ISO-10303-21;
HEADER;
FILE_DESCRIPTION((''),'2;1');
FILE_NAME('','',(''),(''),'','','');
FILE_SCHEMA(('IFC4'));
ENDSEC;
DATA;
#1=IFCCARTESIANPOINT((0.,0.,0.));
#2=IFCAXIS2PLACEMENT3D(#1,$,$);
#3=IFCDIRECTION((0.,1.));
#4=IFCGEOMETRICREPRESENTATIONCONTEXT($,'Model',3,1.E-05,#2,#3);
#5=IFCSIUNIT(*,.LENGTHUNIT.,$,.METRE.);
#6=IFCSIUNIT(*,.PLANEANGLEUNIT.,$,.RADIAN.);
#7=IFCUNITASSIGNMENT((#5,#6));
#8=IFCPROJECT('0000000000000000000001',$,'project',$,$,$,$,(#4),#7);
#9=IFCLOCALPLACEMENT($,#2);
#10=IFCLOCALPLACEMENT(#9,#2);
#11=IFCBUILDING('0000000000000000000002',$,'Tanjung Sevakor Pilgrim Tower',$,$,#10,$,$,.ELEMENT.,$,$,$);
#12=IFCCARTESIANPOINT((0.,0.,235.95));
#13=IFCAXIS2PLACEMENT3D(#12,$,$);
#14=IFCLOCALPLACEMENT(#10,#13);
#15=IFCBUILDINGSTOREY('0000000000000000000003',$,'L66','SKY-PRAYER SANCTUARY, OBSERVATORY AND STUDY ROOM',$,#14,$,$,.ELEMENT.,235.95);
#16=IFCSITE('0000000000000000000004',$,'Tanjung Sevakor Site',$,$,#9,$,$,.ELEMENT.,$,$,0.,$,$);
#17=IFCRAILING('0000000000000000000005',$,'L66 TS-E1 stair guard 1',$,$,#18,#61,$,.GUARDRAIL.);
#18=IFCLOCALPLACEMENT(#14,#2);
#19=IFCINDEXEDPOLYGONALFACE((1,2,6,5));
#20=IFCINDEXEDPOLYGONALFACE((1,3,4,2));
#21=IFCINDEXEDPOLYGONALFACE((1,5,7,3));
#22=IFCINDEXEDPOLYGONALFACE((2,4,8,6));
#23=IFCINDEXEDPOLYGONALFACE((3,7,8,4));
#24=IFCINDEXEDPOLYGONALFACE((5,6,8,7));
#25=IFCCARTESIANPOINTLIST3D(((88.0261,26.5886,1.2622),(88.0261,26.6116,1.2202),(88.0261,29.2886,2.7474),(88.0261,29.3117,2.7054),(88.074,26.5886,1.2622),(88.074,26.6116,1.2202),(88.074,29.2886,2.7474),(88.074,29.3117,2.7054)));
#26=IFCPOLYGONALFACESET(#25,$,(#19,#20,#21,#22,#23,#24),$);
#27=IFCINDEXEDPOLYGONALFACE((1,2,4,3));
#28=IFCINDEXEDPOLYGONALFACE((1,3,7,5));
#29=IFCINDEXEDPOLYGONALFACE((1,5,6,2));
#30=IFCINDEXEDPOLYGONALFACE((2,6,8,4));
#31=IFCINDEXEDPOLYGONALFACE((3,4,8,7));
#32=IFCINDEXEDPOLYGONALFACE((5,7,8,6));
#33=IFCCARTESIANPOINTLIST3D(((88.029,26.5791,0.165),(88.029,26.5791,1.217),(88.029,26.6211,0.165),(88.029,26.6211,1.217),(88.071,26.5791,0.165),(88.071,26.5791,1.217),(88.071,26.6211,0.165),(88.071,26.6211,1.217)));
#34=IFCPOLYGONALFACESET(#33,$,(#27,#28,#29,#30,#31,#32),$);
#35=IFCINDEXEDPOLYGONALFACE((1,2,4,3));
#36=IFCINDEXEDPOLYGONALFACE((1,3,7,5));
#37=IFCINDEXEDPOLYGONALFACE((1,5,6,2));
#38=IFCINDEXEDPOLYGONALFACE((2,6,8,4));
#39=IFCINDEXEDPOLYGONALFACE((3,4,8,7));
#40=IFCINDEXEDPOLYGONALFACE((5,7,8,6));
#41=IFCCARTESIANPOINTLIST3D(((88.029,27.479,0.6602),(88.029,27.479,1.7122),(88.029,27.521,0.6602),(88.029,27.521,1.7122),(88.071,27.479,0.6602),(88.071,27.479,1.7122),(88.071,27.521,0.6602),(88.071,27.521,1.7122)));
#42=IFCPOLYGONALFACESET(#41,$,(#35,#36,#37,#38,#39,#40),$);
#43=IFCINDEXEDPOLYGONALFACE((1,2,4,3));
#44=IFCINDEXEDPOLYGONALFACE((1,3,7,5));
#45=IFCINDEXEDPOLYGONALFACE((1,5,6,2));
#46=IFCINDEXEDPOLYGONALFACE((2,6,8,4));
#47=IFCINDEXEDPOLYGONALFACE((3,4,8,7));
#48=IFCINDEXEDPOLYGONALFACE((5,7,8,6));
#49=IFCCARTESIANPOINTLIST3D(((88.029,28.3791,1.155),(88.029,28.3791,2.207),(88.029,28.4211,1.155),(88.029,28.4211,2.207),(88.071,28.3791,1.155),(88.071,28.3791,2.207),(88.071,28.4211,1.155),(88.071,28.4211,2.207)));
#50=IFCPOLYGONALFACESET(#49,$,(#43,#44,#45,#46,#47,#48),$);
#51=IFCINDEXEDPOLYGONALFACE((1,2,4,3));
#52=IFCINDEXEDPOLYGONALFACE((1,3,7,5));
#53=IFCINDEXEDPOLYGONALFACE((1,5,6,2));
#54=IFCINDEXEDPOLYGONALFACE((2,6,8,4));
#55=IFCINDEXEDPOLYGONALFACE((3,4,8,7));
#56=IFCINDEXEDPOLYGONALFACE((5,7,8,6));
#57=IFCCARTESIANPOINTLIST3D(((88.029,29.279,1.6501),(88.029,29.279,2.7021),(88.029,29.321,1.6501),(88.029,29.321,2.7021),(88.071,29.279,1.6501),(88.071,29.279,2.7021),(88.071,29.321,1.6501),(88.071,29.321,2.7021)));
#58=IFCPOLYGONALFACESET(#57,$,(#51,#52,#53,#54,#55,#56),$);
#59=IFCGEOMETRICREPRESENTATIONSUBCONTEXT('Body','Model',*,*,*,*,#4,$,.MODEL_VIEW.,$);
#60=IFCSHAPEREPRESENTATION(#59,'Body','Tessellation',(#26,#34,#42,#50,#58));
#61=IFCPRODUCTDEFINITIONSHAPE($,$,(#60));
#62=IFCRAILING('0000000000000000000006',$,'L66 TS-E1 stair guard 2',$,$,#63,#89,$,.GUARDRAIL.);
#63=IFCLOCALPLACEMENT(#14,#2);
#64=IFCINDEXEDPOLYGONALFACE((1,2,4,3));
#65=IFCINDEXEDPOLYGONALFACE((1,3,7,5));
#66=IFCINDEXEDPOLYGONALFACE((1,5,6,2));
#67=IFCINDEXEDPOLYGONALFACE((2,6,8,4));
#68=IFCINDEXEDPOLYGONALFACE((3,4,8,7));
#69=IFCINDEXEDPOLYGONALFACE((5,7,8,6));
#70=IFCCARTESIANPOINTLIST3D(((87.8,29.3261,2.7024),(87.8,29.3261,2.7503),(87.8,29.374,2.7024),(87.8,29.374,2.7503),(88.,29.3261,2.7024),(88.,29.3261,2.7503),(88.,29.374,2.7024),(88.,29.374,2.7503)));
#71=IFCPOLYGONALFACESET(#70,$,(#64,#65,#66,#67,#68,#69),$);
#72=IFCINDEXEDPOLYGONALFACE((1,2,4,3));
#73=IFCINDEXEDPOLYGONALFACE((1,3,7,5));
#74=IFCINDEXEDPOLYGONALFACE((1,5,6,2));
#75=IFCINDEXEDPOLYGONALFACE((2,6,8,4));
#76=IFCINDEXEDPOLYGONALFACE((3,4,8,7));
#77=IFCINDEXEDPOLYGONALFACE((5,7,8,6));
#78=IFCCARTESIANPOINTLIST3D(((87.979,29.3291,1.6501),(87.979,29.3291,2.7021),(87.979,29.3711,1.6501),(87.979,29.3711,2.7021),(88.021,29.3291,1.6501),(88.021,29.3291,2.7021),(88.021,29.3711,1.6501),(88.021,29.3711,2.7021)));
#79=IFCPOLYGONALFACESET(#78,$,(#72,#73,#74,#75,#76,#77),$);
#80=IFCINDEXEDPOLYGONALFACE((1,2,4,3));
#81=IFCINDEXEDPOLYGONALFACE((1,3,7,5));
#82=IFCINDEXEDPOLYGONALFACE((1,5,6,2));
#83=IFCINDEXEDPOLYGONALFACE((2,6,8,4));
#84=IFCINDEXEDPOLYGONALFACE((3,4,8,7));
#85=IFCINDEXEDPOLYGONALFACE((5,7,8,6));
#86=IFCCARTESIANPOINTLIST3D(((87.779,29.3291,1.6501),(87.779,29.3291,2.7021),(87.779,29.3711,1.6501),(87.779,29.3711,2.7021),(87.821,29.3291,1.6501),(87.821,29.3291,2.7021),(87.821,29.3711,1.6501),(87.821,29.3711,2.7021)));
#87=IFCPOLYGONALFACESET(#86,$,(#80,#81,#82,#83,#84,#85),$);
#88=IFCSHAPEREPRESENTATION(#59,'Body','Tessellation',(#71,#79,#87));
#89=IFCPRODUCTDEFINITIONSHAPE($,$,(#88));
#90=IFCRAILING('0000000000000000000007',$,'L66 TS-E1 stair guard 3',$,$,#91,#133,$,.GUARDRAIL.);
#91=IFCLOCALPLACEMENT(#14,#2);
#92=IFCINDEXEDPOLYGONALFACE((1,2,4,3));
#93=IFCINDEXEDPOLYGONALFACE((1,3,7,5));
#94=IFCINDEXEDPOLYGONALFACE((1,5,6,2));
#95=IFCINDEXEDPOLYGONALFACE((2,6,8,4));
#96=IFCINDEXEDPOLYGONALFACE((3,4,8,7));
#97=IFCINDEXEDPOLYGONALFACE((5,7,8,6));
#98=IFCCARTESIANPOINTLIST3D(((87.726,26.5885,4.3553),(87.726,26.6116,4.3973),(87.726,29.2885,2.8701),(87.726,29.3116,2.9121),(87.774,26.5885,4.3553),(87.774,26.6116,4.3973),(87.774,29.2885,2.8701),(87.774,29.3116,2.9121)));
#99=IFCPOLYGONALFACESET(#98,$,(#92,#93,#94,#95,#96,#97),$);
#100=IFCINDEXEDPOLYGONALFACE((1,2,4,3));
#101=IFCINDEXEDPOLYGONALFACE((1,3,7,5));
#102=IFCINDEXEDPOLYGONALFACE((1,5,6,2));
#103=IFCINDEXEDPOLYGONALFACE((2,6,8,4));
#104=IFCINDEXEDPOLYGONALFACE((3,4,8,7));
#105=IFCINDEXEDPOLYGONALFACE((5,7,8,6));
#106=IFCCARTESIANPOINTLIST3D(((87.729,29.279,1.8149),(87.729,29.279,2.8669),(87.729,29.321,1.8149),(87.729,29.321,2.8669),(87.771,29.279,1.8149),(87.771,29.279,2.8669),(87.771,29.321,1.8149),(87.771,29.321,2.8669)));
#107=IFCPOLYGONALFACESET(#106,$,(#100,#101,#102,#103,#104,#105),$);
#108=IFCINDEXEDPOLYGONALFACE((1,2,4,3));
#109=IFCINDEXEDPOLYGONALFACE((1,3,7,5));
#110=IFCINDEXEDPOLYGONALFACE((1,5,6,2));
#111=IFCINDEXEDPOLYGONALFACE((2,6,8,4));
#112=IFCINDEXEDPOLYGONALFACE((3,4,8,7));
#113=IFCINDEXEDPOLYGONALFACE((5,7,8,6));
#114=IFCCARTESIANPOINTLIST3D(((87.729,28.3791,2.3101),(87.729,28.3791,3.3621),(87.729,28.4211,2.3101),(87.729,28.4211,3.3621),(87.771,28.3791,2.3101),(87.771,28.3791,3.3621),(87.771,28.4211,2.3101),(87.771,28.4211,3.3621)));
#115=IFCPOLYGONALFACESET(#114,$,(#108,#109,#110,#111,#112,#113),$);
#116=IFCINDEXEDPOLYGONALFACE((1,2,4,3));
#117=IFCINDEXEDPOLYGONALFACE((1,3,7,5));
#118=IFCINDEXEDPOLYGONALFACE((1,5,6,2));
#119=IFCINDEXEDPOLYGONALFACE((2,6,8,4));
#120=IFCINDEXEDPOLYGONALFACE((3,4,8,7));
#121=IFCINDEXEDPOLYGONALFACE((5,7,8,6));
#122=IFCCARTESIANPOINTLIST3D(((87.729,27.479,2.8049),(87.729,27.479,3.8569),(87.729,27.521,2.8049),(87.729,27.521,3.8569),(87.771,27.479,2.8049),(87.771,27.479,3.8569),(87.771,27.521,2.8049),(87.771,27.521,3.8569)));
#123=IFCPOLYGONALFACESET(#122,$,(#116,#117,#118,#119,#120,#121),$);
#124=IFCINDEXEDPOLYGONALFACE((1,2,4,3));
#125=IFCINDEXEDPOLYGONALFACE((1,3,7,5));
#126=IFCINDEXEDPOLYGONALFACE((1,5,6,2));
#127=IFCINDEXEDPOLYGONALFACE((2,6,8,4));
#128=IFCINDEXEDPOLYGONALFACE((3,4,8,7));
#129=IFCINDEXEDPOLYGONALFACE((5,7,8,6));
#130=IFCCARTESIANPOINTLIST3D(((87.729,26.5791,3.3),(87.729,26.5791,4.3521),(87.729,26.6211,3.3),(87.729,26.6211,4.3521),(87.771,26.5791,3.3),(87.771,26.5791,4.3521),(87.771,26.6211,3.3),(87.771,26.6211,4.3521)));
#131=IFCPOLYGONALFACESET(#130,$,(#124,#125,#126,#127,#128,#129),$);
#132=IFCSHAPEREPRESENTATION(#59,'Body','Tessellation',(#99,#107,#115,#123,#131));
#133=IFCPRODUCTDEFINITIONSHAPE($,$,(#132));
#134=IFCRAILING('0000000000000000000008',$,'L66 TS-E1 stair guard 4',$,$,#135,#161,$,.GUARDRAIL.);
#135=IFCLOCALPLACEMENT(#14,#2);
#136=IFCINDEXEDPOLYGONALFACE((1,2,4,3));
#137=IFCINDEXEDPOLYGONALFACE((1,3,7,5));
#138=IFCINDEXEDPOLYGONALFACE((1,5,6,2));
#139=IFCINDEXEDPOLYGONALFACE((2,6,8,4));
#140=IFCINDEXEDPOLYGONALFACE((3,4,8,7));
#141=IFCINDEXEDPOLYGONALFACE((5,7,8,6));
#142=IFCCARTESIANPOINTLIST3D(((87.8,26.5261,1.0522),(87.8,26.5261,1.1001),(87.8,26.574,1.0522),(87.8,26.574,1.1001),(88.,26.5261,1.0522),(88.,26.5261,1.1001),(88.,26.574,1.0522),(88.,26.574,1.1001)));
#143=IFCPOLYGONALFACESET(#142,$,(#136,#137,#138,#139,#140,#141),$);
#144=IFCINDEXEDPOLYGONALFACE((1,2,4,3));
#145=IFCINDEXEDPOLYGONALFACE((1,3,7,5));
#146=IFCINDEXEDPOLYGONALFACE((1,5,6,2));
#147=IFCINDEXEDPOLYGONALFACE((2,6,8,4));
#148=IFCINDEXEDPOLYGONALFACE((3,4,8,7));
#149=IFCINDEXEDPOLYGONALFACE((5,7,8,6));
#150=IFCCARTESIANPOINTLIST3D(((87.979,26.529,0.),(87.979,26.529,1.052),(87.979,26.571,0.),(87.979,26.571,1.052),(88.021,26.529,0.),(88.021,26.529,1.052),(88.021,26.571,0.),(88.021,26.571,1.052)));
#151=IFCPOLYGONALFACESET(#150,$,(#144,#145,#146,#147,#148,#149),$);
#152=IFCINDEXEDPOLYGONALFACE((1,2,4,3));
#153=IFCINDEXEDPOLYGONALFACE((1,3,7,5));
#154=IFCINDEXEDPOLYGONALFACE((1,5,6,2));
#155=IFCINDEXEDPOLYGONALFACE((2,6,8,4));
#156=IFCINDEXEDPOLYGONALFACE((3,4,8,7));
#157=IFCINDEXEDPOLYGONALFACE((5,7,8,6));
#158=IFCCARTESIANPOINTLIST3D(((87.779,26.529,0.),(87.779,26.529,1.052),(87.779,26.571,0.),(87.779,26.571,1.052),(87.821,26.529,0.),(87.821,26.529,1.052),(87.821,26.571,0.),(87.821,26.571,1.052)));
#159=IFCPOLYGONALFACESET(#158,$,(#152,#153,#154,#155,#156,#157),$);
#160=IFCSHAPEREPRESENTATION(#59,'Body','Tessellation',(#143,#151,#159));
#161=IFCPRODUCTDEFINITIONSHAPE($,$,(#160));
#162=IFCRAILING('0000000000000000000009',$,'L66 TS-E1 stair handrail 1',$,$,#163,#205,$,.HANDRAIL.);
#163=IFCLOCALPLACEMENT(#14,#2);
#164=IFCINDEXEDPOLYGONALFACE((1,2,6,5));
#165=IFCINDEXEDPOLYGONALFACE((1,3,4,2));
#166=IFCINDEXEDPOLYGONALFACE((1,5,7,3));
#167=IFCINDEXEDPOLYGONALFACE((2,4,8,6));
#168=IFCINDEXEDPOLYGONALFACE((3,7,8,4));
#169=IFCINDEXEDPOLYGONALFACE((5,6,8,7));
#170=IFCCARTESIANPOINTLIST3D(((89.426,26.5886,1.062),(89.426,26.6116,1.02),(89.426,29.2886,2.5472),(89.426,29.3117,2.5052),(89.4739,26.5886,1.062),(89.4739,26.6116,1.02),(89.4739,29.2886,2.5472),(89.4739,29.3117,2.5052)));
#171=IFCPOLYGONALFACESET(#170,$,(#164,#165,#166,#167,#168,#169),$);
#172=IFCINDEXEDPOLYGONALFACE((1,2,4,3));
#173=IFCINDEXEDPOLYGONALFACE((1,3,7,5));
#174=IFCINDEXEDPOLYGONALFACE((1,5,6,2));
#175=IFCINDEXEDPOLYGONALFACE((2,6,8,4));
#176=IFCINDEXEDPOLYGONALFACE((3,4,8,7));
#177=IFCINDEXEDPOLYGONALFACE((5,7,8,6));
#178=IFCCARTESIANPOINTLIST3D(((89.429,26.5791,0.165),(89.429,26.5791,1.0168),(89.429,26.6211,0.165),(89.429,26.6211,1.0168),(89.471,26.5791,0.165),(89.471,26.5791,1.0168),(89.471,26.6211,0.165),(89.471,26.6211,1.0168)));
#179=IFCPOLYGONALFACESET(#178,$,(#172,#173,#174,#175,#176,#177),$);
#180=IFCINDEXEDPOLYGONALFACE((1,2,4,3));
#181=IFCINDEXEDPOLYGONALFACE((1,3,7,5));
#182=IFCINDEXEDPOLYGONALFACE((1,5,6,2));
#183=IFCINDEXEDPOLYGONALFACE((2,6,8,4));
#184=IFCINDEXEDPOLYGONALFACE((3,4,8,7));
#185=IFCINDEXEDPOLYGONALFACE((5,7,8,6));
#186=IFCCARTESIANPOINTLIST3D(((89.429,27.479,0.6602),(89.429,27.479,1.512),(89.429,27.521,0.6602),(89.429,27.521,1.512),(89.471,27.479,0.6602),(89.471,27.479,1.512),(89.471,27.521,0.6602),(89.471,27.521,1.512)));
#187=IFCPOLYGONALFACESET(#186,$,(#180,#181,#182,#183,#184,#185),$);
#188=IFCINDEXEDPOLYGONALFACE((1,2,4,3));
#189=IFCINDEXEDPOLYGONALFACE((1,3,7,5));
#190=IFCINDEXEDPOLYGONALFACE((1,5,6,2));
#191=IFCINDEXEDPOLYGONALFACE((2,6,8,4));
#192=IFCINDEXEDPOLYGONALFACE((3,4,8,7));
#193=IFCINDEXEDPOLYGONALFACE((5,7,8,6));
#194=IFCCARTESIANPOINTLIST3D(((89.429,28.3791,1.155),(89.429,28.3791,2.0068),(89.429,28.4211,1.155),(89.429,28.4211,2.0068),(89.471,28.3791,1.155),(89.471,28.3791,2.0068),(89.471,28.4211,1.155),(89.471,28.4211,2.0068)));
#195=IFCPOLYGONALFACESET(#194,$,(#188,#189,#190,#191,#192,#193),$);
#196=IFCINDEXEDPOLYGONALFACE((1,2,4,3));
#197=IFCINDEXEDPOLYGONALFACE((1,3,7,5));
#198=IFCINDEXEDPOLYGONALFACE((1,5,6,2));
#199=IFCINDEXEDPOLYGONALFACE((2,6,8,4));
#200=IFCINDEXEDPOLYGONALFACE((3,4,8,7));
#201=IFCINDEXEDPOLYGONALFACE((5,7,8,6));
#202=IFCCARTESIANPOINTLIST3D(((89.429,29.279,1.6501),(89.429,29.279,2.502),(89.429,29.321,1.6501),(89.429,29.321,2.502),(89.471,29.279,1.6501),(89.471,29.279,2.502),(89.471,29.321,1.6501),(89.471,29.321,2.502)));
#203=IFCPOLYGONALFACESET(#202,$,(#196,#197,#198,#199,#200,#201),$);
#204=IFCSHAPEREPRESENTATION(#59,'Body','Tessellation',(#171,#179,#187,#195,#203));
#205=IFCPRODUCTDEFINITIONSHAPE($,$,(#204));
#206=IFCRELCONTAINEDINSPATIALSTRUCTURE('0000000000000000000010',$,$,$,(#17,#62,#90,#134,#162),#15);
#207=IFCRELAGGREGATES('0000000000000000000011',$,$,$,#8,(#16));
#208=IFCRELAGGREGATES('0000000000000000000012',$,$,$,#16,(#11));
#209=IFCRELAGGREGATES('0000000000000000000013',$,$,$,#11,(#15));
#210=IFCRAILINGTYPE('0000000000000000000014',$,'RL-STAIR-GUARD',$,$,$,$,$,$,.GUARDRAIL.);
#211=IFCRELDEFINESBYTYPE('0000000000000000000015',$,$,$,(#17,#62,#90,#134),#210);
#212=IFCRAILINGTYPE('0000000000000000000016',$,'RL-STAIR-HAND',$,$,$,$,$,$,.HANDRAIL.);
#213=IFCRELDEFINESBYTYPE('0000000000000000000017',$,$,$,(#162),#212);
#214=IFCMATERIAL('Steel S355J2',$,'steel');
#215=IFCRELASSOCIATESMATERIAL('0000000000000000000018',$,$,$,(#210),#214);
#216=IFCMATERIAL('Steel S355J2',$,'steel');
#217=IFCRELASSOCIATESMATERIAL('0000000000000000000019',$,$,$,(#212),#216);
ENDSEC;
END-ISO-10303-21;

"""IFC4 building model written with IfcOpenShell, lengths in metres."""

from ifc_helpers import new_model, si_unit, direction, frame, origin, place, context, subcontext, project, spatial, rectangle, extrude, material, type_object, element, save


model = new_model("IFC4")

# Units and contexts
model_context = context("Model", 3, precision=1e-05, world=origin(), true_north=direction((0.0, 1.0)))
body_context = subcontext(model_context, "Body", "Model", "MODEL_VIEW")
ifc_project = project(units=[si_unit("LENGTHUNIT", "METRE"), si_unit("PLANEANGLEUNIT", "RADIAN")], contexts=[model_context])

# Site, building, storey
site_placement = place(None, origin())
site = spatial("IfcSite", under=ifc_project, at=site_placement, Name="Tanjung Sevakor Site", CompositionType="ELEMENT", RefElevation=0.0)
building_placement = place(site_placement, origin())
building = spatial("IfcBuilding", under=site, at=building_placement, Name="Tanjung Sevakor Pilgrim Tower", CompositionType="ELEMENT")
storey_placement = place(building_placement, frame((0.0, 0.0, 235.95)))
storey = spatial("IfcBuildingStorey", under=building, at=storey_placement, Name="L66", Description="SKY-PRAYER SANCTUARY, OBSERVATORY AND STUDY ROOM", CompositionType="ELEMENT", Elevation=235.95)

# Railings
ifc_material_1 = material(Name="Steel S355J2", Category="steel")
railing_type_1 = type_object("IfcRailingType", Name="RL-STAIR-GUARD", PredefinedType="GUARDRAIL", material=ifc_material_1)
railing_1_placement = place(storey_placement, frame((88.05, 26.6001, 0.165)))
element("IfcRailing", 1, at=railing_1_placement, inside=storey, type_object=railing_type_1, Name="L66 TS-E1 stair guard 1", PredefinedType="GUARDRAIL", context=body_context, shape_type="SweptSolid", body=[
    extrude(rectangle(XDim=0.0479, YDim=0.0479), frame((0.0, 0.0, 1.0762), z_axis=(0.0, 0.876198, 0.481952), x_axis=(-1.0, 0.0, 0.0)), (0.0, 0.0, 1.0), 3.0815),
    extrude(rectangle(XDim=0.042, YDim=0.042), origin(), (0.0, 0.0, 1.0), 1.052),
    extrude(rectangle(XDim=0.042, YDim=0.042), frame((0.0, 0.8999, 0.4951)), (0.0, 0.0, 1.0), 1.052),
    extrude(rectangle(XDim=0.042, YDim=0.042), frame((0.0, 1.8, 0.99)), (0.0, 0.0, 1.0), 1.052),
    extrude(rectangle(XDim=0.042, YDim=0.042), frame((0.0, 2.7, 1.4851)), (0.0, 0.0, 1.0), 1.052),
])
railing_2_placement = place(storey_placement, frame((88.0, 29.3501, 1.6501)))
element("IfcRailing", 2, at=railing_2_placement, inside=storey, type_object=railing_type_1, Name="L66 TS-E1 stair guard 2", PredefinedType="GUARDRAIL", context=body_context, shape_type="SweptSolid", body=[
    extrude(rectangle(XDim=0.0479, YDim=0.0479), frame((0.0, 0.0, 1.0762), z_axis=(-1.0, 0.0, 0.0), x_axis=(0.0, -1.0, 0.0)), (0.0, 0.0, 1.0), 0.2),
    extrude(rectangle(XDim=0.042, YDim=0.042), origin(), (0.0, 0.0, 1.0), 1.052),
    extrude(rectangle(XDim=0.042, YDim=0.042), frame((-0.2, 0.0, 0.0)), (0.0, 0.0, 1.0), 1.052),
])
railing_3_placement = place(storey_placement, frame((87.75, 29.3, 1.8149)))
element("IfcRailing", 3, at=railing_3_placement, inside=storey, type_object=railing_type_1, Name="L66 TS-E1 stair guard 3", PredefinedType="GUARDRAIL", context=body_context, shape_type="SweptSolid", body=[
    extrude(rectangle(XDim=0.0479, YDim=0.0479), frame((0.0, 0.0, 1.0762), z_axis=(0.0, -0.876198, 0.481952), x_axis=(1.0, 0.0, 0.0)), (0.0, 0.0, 1.0), 3.0815),
    extrude(rectangle(XDim=0.042, YDim=0.042), origin(), (0.0, 0.0, 1.0), 1.052),
    extrude(rectangle(XDim=0.042, YDim=0.042), frame((0.0, -0.8999, 0.4951)), (0.0, 0.0, 1.0), 1.052),
    extrude(rectangle(XDim=0.042, YDim=0.042), frame((0.0, -1.8, 0.99)), (0.0, 0.0, 1.0), 1.052),
    extrude(rectangle(XDim=0.042, YDim=0.042), frame((0.0, -2.7, 1.4851)), (0.0, 0.0, 1.0), 1.052),
])
railing_4_placement = place(storey_placement, frame((88.0, 26.55, 0.0)))
element("IfcRailing", 4, at=railing_4_placement, inside=storey, type_object=railing_type_1, Name="L66 TS-E1 stair guard 4", PredefinedType="GUARDRAIL", context=body_context, shape_type="SweptSolid", body=[
    extrude(rectangle(XDim=0.0479, YDim=0.0479), frame((0.0, 0.0, 1.0762), z_axis=(-1.0, 0.0, 0.0), x_axis=(0.0, -1.0, 0.0)), (0.0, 0.0, 1.0), 0.2),
    extrude(rectangle(XDim=0.042, YDim=0.042), origin(), (0.0, 0.0, 1.0), 1.052),
    extrude(rectangle(XDim=0.042, YDim=0.042), frame((-0.2, 0.0, 0.0)), (0.0, 0.0, 1.0), 1.052),
])
ifc_material_2 = material(Name="Steel S355J2", Category="steel")
railing_type_2 = type_object("IfcRailingType", Name="RL-STAIR-HAND", PredefinedType="HANDRAIL", material=ifc_material_2)
railing_5_placement = place(storey_placement, frame((89.45, 26.6001, 0.165)))
element("IfcRailing", 5, at=railing_5_placement, inside=storey, type_object=railing_type_2, Name="L66 TS-E1 stair handrail 1", PredefinedType="HANDRAIL", context=body_context, shape_type="SweptSolid", body=[
    extrude(rectangle(XDim=0.0479, YDim=0.0479), frame((0.0, 0.0, 0.876), z_axis=(0.0, 0.876198, 0.481952), x_axis=(-1.0, 0.0, 0.0)), (0.0, 0.0, 1.0), 3.0815),
    extrude(rectangle(XDim=0.042, YDim=0.042), origin(), (0.0, 0.0, 1.0), 0.8518),
    extrude(rectangle(XDim=0.042, YDim=0.042), frame((0.0, 0.8999, 0.4951)), (0.0, 0.0, 1.0), 0.8518),
    extrude(rectangle(XDim=0.042, YDim=0.042), frame((0.0, 1.8, 0.99)), (0.0, 0.0, 1.0), 0.8518),
    extrude(rectangle(XDim=0.042, YDim=0.042), frame((0.0, 2.7, 1.4851)), (0.0, 0.0, 1.0), 0.8518),
])

save(model, "model.ifc")
